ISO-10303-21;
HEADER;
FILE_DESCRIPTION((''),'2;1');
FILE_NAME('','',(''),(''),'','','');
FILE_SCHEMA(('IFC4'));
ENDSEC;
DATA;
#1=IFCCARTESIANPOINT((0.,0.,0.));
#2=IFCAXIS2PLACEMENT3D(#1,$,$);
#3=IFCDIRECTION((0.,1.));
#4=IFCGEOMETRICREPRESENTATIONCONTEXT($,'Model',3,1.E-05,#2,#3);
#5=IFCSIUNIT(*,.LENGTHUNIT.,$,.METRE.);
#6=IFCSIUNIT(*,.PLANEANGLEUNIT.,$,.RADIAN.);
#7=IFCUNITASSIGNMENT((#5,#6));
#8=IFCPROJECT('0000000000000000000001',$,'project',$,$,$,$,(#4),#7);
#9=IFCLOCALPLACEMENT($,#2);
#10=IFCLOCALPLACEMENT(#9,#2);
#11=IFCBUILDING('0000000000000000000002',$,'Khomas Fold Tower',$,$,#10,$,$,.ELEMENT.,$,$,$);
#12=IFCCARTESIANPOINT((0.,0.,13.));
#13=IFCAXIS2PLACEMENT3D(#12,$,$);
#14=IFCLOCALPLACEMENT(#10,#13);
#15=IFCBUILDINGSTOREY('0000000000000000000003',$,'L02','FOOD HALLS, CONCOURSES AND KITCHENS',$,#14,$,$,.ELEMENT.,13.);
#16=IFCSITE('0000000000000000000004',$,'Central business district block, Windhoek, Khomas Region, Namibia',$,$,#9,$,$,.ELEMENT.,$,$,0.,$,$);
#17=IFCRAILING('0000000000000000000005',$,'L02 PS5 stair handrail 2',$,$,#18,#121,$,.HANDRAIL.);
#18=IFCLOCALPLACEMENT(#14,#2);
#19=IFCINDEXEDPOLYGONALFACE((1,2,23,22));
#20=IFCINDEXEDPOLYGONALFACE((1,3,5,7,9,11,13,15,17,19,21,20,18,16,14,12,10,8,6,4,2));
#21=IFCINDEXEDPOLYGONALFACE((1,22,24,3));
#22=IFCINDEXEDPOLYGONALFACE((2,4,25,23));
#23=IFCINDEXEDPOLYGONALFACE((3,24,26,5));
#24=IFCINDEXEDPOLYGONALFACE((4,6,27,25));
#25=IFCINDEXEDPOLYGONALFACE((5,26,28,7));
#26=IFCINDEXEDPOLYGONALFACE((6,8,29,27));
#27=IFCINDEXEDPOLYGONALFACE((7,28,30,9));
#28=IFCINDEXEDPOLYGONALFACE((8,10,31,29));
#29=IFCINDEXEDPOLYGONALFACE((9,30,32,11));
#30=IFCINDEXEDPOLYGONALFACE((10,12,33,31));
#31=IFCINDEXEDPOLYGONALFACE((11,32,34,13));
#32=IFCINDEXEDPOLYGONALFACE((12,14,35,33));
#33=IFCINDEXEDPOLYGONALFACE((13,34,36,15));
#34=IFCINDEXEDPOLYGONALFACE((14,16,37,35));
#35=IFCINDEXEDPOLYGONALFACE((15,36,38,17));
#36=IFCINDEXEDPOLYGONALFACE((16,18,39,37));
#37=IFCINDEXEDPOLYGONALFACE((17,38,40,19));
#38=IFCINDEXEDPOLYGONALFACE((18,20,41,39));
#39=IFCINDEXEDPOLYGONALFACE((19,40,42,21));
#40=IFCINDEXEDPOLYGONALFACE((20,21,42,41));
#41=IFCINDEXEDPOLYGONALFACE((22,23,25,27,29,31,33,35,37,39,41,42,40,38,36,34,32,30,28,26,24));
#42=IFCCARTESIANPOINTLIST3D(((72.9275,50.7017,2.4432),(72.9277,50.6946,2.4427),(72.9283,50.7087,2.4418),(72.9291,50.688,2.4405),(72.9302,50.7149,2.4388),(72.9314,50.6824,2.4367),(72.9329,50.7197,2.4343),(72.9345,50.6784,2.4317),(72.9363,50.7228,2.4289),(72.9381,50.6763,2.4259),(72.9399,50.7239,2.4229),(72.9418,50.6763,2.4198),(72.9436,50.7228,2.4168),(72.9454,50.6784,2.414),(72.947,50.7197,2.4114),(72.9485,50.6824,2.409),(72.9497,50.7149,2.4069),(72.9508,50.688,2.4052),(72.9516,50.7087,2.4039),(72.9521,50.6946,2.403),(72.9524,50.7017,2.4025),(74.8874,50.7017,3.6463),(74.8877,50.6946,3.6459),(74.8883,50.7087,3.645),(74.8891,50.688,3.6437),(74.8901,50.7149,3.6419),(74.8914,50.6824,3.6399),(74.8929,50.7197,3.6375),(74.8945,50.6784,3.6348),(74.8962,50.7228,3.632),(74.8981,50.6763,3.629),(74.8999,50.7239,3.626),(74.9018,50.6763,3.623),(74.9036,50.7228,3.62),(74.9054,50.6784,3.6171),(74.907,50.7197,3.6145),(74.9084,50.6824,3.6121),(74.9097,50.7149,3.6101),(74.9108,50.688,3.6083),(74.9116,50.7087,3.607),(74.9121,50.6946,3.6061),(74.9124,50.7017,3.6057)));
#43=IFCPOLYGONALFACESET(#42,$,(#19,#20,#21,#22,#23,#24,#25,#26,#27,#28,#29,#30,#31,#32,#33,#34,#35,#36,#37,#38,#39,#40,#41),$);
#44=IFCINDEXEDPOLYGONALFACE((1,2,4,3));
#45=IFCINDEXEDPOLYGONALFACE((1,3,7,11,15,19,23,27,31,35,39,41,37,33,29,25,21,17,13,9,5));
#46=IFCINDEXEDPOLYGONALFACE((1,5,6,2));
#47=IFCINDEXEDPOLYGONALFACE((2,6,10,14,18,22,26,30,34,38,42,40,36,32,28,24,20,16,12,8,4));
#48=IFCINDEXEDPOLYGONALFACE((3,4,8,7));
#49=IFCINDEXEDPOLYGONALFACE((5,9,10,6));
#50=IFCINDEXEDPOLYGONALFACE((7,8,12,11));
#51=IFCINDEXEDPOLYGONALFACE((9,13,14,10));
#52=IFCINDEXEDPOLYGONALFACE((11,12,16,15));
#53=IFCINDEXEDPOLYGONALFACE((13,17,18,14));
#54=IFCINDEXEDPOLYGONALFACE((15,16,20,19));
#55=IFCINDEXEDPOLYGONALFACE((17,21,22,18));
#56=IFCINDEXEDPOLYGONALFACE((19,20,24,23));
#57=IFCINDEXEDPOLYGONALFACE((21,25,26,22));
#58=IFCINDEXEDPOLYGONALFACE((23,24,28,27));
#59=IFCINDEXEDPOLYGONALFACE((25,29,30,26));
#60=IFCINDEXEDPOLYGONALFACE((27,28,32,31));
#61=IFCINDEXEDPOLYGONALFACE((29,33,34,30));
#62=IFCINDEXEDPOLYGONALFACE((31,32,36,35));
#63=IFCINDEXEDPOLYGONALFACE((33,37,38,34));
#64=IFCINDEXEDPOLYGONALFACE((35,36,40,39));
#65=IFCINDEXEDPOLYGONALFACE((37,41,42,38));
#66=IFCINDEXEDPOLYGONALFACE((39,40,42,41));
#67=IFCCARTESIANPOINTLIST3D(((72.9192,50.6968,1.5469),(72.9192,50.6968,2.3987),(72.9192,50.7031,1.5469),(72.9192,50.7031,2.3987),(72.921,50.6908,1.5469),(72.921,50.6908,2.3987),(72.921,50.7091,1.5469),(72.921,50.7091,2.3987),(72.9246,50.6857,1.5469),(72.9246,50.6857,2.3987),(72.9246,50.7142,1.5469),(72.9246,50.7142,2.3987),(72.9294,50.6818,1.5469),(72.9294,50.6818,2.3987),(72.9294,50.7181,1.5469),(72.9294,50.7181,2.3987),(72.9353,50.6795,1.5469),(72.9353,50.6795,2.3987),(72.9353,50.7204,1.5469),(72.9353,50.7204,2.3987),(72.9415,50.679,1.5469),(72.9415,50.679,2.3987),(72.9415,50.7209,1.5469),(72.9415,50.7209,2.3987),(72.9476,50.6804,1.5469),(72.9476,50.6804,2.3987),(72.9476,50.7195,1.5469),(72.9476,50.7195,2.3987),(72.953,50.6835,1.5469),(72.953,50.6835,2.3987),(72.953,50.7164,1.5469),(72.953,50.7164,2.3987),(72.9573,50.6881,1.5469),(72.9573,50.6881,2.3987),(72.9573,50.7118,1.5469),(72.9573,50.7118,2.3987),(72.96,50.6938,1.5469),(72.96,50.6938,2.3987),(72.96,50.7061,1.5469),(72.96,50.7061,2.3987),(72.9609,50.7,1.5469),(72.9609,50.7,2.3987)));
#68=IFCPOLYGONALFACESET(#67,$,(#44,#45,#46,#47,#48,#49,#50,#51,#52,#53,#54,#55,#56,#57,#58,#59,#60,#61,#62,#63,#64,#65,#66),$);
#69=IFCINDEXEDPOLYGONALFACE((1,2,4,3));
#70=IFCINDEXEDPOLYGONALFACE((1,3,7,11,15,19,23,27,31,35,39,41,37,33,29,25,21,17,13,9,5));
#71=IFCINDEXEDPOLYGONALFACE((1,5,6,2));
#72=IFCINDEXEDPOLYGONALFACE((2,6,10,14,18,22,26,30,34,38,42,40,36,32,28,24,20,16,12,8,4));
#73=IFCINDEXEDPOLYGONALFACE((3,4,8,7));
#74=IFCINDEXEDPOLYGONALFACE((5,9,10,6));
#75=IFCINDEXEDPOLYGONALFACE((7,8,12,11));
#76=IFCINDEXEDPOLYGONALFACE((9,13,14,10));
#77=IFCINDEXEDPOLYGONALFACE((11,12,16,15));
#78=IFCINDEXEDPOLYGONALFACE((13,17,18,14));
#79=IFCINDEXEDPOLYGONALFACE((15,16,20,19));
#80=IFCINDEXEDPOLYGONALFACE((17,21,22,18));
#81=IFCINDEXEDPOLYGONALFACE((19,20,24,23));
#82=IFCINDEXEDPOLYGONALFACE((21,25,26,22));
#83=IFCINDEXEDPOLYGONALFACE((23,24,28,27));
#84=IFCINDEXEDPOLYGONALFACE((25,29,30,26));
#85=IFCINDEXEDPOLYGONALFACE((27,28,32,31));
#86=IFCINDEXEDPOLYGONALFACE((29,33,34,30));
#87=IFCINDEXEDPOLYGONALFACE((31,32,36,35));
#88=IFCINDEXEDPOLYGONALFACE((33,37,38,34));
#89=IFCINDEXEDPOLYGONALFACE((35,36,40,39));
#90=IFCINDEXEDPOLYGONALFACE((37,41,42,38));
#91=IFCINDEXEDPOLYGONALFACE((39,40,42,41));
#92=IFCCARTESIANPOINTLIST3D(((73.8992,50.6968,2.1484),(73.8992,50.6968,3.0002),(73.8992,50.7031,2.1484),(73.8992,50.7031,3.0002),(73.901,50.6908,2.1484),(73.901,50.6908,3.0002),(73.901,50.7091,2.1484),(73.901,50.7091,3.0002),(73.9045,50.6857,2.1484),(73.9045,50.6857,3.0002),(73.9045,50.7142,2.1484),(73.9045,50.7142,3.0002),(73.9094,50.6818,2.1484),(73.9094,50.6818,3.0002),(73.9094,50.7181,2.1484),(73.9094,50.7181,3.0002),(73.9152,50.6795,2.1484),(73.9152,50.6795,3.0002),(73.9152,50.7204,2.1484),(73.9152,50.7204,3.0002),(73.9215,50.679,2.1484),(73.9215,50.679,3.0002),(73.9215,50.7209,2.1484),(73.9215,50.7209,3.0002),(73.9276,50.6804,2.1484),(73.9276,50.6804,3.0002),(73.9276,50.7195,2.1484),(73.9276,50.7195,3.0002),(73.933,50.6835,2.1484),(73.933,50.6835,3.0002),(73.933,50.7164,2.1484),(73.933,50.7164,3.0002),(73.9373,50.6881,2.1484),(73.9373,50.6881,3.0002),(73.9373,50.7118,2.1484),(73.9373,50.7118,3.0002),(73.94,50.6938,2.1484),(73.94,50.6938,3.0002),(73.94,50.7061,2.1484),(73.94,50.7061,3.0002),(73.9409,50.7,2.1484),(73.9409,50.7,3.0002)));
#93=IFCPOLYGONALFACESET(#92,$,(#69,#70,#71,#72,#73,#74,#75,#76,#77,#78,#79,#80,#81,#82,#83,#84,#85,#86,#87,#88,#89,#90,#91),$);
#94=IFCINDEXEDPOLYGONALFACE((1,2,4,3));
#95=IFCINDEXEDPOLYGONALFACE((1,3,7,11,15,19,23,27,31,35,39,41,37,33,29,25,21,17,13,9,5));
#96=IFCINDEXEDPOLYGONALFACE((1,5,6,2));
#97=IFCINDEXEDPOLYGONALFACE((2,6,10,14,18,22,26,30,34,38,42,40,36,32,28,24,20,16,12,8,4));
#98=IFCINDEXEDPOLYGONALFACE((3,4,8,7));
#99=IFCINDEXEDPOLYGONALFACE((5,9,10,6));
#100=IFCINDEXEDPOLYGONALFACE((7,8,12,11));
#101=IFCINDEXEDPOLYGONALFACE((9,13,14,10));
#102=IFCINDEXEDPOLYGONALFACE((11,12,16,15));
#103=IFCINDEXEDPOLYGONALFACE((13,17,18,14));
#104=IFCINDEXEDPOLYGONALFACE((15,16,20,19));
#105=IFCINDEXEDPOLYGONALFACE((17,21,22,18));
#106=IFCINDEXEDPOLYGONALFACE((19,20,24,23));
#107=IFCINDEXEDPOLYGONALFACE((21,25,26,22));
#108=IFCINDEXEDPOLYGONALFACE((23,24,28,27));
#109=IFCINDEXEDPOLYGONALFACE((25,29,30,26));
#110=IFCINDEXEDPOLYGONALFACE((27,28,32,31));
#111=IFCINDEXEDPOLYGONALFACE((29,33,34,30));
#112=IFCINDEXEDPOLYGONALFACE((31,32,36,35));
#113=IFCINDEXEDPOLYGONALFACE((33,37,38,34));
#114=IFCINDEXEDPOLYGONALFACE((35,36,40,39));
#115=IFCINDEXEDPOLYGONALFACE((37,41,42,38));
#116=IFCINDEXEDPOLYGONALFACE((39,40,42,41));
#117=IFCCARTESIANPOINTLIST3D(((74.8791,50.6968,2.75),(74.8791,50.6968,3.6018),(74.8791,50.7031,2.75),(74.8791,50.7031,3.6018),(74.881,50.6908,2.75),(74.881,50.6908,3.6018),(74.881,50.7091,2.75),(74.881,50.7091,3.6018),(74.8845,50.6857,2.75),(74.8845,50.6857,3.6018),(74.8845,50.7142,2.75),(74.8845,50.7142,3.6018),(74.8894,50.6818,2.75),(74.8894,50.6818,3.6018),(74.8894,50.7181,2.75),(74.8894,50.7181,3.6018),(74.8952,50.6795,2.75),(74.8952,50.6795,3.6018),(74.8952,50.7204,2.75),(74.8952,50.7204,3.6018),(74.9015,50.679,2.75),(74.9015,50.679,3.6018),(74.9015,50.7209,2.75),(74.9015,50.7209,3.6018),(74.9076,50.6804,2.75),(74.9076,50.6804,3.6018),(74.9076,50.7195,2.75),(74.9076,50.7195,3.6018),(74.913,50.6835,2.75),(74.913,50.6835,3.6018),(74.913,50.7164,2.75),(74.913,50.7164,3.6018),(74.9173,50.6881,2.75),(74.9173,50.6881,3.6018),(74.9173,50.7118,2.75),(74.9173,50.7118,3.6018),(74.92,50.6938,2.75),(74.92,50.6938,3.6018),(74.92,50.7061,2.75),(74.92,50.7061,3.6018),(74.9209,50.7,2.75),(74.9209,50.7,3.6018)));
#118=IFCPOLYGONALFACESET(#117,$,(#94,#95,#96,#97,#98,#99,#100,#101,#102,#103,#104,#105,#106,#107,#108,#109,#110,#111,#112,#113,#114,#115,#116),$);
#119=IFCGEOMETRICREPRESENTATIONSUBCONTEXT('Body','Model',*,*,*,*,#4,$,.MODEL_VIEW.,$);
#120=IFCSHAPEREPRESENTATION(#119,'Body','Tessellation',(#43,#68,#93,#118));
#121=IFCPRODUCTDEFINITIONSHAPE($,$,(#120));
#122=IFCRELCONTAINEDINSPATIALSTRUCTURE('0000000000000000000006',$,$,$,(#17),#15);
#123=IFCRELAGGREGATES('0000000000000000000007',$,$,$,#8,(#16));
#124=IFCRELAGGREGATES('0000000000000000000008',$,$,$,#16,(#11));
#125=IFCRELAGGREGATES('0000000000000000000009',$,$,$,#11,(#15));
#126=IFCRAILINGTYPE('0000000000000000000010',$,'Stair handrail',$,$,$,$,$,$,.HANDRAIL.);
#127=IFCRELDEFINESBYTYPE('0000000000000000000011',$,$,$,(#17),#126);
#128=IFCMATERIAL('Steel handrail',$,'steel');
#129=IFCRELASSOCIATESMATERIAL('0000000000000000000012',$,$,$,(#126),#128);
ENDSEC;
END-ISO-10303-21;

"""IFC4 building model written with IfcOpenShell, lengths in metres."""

from ifc_helpers import new_model, si_unit, direction, frame, origin, origin_2d, place, context, subcontext, project, spatial, circle, extrude, source, transform, mapped, material, type_object, element, save


model = new_model("IFC4")

# Units and contexts
model_context = context("Model", 3, precision=1e-05, world=origin(), true_north=direction((0.0, 1.0)))
body_context = subcontext(model_context, "Body", "Model", "MODEL_VIEW")
ifc_project = project(units=[si_unit("LENGTHUNIT", "METRE"), si_unit("PLANEANGLEUNIT", "RADIAN")], contexts=[model_context])

# Site, building, storey
site_placement = place(None, origin())
site = spatial("IfcSite", under=ifc_project, at=site_placement, Name="Central business district block, Windhoek, Khomas Region, Namibia", CompositionType="ELEMENT", RefElevation=0.0)
building_placement = place(site_placement, origin())
building = spatial("IfcBuilding", under=site, at=building_placement, Name="Khomas Fold Tower", CompositionType="ELEMENT")
storey_placement = place(building_placement, frame((0.0, 0.0, 13.0)))
storey = spatial("IfcBuildingStorey", under=building, at=storey_placement, Name="L02", Description="FOOD HALLS, CONCOURSES AND KITCHENS", CompositionType="ELEMENT", Elevation=13.0)

# Railing
ifc_material_1 = material(Name="Steel handrail", Category="steel")
railing_type_1 = type_object("IfcRailingType", Name="Stair handrail", PredefinedType="HANDRAIL", material=ifc_material_1)
shared_shape_1 = source(origin(), body_context, "Body", "SweptSolid", [
    extrude(circle(Radius=0.0239, at=origin_2d()), frame((0.0, 0.0, 0.876), z_axis=(0.852241, 0.0, 0.523149), x_axis=(0.0, 1.0, 0.0)), (0.0, 0.0, 1.0), 2.2998),
    extrude(circle(Radius=0.021, at=origin_2d()), origin(), (0.0, 0.0, 1.0), 0.8518),
    extrude(circle(Radius=0.021, at=origin_2d()), frame((0.98, 0.0, 0.6016)), (0.0, 0.0, 1.0), 0.8518),
    extrude(circle(Radius=0.021, at=origin_2d()), frame((1.96, 0.0, 1.2031)), (0.0, 0.0, 1.0), 0.8518),
])
for number, where, name in (
    (1, (72.9399, 50.7, 1.5469), "L02 PS5 stair handrail 2"),
):
    element("IfcRailing", number, at=place(storey_placement, frame(where)), inside=storey, type_object=railing_type_1, Name=name, PredefinedType="HANDRAIL", context=body_context, shape_type="MappedRepresentation", body=[
        mapped(shared_shape_1, transform((0.0, 0.0, 0.0))),
    ])

save(model, "model.ifc")
